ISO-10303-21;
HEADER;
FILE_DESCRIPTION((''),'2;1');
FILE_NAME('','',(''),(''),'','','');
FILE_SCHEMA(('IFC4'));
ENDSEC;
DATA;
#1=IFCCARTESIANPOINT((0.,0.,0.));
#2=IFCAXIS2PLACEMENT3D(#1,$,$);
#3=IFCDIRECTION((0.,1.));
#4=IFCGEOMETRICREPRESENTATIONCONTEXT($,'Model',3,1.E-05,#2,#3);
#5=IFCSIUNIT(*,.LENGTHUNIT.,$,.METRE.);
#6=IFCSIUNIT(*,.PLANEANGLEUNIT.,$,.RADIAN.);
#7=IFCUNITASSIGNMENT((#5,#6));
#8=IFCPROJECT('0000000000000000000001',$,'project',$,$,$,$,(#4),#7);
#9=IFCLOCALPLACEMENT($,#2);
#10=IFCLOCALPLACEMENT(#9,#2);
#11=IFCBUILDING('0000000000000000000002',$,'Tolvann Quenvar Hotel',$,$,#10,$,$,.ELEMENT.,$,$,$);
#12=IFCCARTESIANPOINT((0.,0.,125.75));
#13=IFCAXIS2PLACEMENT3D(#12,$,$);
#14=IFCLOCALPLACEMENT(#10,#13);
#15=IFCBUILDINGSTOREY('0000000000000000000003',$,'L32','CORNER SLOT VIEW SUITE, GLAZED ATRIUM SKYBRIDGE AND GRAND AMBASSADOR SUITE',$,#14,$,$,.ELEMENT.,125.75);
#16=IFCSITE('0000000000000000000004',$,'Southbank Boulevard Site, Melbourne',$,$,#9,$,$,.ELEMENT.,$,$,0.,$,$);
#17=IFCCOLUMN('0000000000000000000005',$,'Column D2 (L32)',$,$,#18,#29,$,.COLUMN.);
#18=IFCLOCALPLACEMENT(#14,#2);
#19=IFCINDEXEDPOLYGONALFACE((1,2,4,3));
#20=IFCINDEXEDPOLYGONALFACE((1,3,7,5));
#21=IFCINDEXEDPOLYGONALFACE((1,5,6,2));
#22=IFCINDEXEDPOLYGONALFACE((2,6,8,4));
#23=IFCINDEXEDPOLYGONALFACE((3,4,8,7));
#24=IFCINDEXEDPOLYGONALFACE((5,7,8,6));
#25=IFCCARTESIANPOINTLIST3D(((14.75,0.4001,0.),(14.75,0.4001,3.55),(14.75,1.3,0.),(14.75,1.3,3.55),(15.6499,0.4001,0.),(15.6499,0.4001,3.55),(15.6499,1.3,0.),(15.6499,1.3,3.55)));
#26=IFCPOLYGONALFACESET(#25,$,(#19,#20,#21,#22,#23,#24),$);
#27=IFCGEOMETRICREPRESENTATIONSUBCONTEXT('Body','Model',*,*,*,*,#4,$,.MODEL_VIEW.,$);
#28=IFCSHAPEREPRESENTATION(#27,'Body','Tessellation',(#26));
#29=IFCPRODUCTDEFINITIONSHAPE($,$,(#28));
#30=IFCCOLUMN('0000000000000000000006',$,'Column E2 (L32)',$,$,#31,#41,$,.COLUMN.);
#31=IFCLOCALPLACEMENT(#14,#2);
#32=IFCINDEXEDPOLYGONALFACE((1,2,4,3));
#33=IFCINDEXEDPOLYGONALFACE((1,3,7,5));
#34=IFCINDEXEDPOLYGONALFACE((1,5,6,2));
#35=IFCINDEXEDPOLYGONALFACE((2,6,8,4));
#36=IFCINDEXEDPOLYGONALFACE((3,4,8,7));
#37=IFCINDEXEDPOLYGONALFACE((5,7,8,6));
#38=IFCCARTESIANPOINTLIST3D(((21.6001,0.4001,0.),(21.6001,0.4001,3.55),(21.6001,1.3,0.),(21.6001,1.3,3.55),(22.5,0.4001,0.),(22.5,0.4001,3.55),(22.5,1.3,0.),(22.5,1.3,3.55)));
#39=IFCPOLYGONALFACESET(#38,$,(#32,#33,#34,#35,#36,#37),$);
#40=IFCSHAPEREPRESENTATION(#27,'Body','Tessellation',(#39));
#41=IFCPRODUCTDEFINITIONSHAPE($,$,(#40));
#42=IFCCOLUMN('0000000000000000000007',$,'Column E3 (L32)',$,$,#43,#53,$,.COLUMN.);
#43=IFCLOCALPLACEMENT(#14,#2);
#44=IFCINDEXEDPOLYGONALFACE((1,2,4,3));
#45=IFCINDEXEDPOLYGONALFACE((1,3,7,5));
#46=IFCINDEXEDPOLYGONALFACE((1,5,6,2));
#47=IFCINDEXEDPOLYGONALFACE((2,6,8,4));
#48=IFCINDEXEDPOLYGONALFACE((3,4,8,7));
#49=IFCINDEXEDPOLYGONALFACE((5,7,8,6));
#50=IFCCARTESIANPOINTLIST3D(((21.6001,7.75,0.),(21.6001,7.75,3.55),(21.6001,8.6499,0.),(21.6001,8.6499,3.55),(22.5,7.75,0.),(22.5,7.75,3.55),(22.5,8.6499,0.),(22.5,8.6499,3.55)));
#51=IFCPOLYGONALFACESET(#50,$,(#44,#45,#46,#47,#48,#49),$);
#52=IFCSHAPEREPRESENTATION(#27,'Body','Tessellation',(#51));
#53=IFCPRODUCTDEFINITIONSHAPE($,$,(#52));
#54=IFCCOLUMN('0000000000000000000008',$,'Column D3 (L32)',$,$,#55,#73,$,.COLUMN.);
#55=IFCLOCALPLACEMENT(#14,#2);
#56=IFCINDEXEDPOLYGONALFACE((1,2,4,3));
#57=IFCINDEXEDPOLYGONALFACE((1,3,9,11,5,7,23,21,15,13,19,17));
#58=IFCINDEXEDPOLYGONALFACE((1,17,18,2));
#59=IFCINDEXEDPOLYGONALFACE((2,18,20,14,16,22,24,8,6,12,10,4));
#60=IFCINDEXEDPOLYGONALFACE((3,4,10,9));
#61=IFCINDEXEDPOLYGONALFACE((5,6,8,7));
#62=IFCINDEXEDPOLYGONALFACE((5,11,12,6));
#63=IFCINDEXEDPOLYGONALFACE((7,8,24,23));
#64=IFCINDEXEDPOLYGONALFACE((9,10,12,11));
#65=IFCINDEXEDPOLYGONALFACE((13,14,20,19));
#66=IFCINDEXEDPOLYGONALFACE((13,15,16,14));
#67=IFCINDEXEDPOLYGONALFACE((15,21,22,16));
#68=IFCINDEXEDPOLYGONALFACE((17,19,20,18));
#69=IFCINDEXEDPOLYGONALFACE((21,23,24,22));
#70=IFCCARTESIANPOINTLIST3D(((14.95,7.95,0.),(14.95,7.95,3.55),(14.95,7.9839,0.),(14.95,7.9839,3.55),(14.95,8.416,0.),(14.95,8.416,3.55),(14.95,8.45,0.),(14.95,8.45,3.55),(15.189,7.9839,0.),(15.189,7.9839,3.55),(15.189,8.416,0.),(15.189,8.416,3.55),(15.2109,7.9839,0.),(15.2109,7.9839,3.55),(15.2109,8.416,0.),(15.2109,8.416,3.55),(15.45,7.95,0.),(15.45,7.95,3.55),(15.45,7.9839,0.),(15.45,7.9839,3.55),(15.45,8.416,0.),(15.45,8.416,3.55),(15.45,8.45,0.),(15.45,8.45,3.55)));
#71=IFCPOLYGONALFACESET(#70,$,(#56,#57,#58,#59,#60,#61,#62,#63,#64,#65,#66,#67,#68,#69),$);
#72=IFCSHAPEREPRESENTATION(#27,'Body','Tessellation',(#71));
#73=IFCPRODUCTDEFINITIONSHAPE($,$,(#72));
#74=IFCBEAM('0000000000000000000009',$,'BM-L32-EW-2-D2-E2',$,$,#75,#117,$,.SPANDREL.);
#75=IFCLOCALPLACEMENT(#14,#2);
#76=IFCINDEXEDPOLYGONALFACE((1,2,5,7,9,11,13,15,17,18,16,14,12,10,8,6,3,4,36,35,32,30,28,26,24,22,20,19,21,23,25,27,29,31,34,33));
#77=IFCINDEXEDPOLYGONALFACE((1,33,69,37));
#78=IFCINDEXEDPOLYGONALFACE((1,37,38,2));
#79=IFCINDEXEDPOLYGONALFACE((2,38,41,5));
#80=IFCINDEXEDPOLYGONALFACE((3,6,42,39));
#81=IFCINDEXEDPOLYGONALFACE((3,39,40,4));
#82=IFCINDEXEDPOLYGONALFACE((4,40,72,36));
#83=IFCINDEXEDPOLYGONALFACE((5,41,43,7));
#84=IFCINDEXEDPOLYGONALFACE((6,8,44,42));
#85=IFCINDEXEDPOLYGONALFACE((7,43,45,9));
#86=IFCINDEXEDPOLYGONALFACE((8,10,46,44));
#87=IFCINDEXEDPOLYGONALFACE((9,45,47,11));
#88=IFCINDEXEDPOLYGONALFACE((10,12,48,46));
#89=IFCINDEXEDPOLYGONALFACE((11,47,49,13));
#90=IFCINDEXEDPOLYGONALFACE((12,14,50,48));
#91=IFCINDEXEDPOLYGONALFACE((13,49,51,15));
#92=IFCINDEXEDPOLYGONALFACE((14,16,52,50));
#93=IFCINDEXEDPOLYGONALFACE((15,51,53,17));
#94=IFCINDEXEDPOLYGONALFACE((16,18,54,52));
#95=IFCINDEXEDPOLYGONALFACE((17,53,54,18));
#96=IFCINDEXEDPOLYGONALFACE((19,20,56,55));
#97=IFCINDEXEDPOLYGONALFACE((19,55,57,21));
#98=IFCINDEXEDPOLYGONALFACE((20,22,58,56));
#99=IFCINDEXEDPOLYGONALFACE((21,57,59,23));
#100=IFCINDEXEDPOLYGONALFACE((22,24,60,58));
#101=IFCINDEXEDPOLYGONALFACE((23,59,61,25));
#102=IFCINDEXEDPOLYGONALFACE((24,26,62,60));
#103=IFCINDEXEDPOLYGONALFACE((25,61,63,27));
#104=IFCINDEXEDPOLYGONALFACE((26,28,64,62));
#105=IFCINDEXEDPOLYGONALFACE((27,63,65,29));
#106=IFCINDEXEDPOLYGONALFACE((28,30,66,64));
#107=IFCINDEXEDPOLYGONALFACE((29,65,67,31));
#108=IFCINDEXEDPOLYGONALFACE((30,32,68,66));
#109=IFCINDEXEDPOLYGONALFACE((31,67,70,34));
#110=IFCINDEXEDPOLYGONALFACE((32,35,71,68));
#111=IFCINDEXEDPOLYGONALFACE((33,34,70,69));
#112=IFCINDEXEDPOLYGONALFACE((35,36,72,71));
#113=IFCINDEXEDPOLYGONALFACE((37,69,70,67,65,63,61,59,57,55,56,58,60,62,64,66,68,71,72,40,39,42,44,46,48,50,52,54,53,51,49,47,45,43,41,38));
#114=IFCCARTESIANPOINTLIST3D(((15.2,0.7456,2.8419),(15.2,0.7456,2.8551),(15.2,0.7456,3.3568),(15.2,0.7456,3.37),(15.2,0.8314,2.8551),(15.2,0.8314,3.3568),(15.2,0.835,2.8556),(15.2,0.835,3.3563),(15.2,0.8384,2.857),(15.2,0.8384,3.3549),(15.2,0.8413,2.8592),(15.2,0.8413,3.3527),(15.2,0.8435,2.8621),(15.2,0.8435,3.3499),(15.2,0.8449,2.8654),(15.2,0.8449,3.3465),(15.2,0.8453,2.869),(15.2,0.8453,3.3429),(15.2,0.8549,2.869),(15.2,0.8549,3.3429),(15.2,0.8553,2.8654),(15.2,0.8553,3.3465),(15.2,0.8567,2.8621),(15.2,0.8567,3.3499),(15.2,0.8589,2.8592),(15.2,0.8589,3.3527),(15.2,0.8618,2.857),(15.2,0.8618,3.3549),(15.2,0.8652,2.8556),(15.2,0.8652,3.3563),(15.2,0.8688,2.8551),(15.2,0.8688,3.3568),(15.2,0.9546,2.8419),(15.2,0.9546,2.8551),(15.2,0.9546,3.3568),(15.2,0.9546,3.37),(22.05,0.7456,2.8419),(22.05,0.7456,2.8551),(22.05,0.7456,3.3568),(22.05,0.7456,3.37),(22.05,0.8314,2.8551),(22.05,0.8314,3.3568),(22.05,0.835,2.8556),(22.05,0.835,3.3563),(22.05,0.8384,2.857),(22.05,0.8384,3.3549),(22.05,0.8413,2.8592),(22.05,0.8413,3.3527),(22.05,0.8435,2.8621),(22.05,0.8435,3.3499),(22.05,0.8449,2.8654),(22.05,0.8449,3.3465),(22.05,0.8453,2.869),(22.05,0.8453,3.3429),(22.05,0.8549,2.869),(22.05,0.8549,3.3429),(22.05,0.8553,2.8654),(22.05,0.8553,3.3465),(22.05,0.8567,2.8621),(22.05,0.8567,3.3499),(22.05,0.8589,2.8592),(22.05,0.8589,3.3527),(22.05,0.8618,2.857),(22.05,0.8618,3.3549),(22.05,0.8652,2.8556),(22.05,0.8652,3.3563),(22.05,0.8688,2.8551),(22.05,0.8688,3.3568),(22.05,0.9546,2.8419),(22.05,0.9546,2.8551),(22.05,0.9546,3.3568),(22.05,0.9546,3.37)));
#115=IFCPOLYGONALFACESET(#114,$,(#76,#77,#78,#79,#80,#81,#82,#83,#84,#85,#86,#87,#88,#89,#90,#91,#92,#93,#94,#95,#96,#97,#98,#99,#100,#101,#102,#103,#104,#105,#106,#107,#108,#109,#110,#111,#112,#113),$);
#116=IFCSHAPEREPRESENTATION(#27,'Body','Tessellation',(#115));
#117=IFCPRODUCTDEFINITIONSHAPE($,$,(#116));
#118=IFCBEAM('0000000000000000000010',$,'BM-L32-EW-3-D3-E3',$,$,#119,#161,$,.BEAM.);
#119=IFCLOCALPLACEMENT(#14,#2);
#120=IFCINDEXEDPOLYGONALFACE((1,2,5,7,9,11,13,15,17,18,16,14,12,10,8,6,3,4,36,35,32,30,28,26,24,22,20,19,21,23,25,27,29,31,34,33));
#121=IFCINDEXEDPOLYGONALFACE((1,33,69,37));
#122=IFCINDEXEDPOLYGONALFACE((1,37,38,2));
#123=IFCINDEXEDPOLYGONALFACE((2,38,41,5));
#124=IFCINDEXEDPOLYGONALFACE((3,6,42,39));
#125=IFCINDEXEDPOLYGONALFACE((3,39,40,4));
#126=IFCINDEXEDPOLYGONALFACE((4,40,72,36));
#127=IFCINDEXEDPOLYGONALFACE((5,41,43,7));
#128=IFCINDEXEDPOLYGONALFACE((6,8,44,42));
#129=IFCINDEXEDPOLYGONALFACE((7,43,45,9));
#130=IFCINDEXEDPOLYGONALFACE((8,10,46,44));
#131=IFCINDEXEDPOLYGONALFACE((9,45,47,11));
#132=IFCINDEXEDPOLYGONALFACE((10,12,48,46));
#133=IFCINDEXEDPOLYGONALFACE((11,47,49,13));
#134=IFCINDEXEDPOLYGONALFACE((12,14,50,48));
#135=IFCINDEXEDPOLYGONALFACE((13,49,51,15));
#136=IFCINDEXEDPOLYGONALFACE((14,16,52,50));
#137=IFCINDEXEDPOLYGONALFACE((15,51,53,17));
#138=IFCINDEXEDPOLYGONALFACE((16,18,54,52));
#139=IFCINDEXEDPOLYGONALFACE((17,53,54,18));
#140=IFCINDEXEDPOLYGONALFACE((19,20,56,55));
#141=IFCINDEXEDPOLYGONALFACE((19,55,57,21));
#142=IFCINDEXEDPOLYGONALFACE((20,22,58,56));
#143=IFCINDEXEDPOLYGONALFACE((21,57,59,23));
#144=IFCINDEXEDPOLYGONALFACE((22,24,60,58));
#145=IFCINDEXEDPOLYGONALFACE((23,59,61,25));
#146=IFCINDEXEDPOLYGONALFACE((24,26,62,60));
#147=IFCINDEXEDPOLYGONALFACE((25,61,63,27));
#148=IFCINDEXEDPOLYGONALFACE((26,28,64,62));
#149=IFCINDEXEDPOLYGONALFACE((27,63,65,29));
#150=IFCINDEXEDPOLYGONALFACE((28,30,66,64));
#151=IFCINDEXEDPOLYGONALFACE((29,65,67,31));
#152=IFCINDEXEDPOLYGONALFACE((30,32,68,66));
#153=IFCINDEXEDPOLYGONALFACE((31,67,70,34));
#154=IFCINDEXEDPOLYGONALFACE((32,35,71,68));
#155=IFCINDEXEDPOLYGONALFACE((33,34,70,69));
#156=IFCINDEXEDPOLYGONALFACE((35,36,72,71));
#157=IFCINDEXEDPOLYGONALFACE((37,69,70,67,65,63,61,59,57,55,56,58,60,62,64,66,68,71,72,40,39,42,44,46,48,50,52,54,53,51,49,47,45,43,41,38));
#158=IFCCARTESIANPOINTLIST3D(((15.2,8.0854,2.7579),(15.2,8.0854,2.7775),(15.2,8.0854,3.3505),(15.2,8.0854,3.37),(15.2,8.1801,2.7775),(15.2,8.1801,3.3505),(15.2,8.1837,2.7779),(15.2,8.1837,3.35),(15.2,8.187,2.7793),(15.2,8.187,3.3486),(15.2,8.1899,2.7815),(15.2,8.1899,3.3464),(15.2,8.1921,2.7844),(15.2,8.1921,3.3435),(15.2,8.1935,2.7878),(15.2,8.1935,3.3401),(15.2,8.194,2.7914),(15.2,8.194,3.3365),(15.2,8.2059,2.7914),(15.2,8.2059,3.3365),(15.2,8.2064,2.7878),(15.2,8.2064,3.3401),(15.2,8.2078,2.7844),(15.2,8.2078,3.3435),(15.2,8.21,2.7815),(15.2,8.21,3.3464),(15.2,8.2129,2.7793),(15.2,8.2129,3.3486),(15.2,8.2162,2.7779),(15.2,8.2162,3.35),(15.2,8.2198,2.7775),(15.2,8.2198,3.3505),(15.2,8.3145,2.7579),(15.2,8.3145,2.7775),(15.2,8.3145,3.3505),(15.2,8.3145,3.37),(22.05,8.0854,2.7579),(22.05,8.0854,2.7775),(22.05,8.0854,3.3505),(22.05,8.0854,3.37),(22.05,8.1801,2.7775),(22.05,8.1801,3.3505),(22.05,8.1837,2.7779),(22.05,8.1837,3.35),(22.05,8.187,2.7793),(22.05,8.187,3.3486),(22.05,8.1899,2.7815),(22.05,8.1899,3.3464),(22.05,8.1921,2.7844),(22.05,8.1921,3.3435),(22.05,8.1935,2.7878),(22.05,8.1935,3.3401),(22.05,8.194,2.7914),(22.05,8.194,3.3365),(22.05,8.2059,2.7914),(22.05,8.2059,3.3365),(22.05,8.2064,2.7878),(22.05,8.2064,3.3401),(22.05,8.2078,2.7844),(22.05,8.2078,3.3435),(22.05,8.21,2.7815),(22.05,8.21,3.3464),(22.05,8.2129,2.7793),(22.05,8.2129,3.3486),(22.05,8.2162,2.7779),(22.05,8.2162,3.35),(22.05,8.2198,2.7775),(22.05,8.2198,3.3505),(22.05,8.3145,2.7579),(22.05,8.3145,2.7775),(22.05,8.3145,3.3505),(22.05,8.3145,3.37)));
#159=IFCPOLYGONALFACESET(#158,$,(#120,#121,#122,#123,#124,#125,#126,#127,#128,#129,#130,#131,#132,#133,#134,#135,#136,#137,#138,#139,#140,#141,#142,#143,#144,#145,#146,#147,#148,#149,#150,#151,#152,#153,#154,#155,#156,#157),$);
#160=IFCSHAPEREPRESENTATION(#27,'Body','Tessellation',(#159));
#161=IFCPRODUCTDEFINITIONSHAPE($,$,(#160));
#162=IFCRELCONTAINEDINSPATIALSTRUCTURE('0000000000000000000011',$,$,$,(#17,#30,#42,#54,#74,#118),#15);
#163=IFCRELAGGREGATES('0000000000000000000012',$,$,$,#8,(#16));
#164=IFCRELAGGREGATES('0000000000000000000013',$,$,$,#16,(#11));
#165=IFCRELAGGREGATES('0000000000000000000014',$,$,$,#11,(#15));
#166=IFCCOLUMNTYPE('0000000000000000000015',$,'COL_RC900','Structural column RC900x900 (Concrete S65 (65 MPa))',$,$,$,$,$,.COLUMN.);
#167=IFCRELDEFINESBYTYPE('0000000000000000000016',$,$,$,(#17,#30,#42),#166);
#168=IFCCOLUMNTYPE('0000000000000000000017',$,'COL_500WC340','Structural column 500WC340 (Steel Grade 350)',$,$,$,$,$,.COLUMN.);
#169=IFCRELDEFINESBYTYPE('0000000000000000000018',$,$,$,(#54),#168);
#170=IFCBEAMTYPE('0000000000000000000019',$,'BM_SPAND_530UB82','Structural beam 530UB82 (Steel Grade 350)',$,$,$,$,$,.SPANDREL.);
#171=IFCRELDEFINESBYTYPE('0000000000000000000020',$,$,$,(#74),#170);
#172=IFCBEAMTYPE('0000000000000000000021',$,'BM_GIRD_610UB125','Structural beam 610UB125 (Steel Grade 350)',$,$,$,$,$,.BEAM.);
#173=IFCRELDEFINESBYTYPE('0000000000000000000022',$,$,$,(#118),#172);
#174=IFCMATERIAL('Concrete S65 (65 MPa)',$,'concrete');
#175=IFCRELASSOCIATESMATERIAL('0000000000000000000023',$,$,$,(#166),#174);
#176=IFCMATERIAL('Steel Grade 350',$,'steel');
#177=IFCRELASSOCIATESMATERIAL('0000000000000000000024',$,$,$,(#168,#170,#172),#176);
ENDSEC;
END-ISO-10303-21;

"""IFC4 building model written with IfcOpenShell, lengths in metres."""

from ifc_helpers import new_model, si_unit, direction, frame, origin, origin_2d, place, context, subcontext, project, spatial, rectangle, i_section, extrude, source, transform, mapped, material, material_profile, profile_set, type_object, type_shapes, element, save


model = new_model("IFC4")

# Units and contexts
model_context = context("Model", 3, precision=1e-05, world=origin(), true_north=direction((0.0, 1.0)))
body_context = subcontext(model_context, "Body", "Model", "MODEL_VIEW")
ifc_project = project(units=[si_unit("LENGTHUNIT", "METRE"), si_unit("PLANEANGLEUNIT", "RADIAN")], contexts=[model_context])

# Site, building, storey
site_placement = place(None, origin())
site = spatial("IfcSite", under=ifc_project, at=site_placement, Name="Southbank Boulevard Site, Melbourne", CompositionType="ELEMENT", RefElevation=0.0)
building_placement = place(site_placement, origin())
building = spatial("IfcBuilding", under=site, at=building_placement, Name="Tolvann Quenvar Hotel", CompositionType="ELEMENT")
storey_placement = place(building_placement, frame((0.0, 0.0, 125.75)))
storey = spatial("IfcBuildingStorey", under=building, at=storey_placement, Name="L32", Description="CORNER SLOT VIEW SUITE, GLAZED ATRIUM SKYBRIDGE AND GRAND AMBASSADOR SUITE", CompositionType="ELEMENT", Elevation=125.75)

# Columns
ifc_material_1 = material(Name="Concrete S65 (65 MPa)", Category="concrete")
ifc_material_profile_1 = material_profile(ifc_material_1, rectangle(XDim=0.8999, YDim=0.8999, at=origin_2d()), Name="RC900x900")
ifc_profile_set_1 = profile_set([ifc_material_profile_1], Name="Concrete S65 (65 MPa)")
column_type_1 = type_object("IfcColumnType", Name="COL_RC900", Description="Structural column RC900x900 (Concrete S65 (65 MPa))", PredefinedType="COLUMN", material=ifc_profile_set_1)
shared_shape_1 = source(origin(), body_context, "Body", "SweptSolid", [
    extrude(rectangle(XDim=0.8999, YDim=0.8999, at=origin_2d()), origin(), (0.0, 0.0, 1.0), 3.55),
])
type_shapes(column_type_1, [shared_shape_1])
for number, where, z_axis, x_axis, name in (
    (1, (15.2, 0.8501, 0.0), (0.0, 0.0, 1.0), (1.0, 0.0, 0.0), "Column D2 (L32)"),
    (2, (22.05, 0.8501, 0.0), (0.0, 0.0, 1.0), (1.0, 0.0, 0.0), "Column E2 (L32)"),
    (3, (22.05, 8.2, 0.0), (0.0, 0.0, 1.0), (1.0, 0.0, 0.0), "Column E3 (L32)"),
):
    element("IfcColumn", number, at=place(storey_placement, frame(where, z_axis=z_axis, x_axis=x_axis)), inside=storey, type_object=column_type_1, Name=name, PredefinedType="COLUMN", context=body_context, shape_type="MappedRepresentation", body=[
        mapped(shared_shape_1, transform((0.0, 0.0, 0.0), x_axis=(1.0, 0.0, 0.0), y_axis=(0.0, 1.0, 0.0), z_axis=(0.0, 0.0, 1.0), scale=1.0)),
    ])
ifc_material_2 = material(Name="Steel Grade 350", Category="steel")
ifc_material_profile_2 = material_profile(ifc_material_2, i_section(OverallWidth=0.5, OverallDepth=0.5, WebThickness=0.022, FlangeThickness=0.0339, at=origin_2d()), Name="500WC340")
ifc_profile_set_2 = profile_set([ifc_material_profile_2], Name="Steel Grade 350")
column_type_2 = type_object("IfcColumnType", Name="COL_500WC340", Description="Structural column 500WC340 (Steel Grade 350)", PredefinedType="COLUMN", material=ifc_profile_set_2)
shared_shape_2 = source(origin(), body_context, "Body", "SweptSolid", [
    extrude(i_section(OverallWidth=0.5, OverallDepth=0.5, WebThickness=0.022, FlangeThickness=0.0339, at=origin_2d()), origin(), (0.0, 0.0, 1.0), 3.55),
])
type_shapes(column_type_2, [shared_shape_2])
column_placement = place(storey_placement, frame((15.2, 8.2, 0.0), z_axis=(0.0, 0.0, 1.0), x_axis=(1.0, 0.0, 0.0)))
element("IfcColumn", 4, at=column_placement, inside=storey, type_object=column_type_2, Name="Column D3 (L32)", PredefinedType="COLUMN", context=body_context, shape_type="MappedRepresentation", body=[
    mapped(shared_shape_2, transform((0.0, 0.0, 0.0), x_axis=(1.0, 0.0, 0.0), y_axis=(0.0, 1.0, 0.0), z_axis=(0.0, 0.0, 1.0), scale=1.0)),
])

# Beams
ifc_material_profile_3 = material_profile(ifc_material_2, i_section(OverallWidth=0.209, OverallDepth=0.5281, WebThickness=0.0095, FlangeThickness=0.0132, FilletRadius=0.0139, at=origin_2d()), Name="530UB82")
ifc_profile_set_3 = profile_set([ifc_material_profile_3], Name="Steel Grade 350")
beam_type_1 = type_object("IfcBeamType", Name="BM_SPAND_530UB82", Description="Structural beam 530UB82 (Steel Grade 350)", PredefinedType="SPANDREL", material=ifc_profile_set_3)
shared_shape_3 = source(origin(), body_context, "Body", "SweptSolid", [
    extrude(i_section(OverallWidth=0.209, OverallDepth=0.5281, WebThickness=0.0095, FlangeThickness=0.0132, FilletRadius=0.0139, at=origin_2d()), origin(), (0.0, 0.0, 1.0), 6.8501),
])
type_shapes(beam_type_1, [shared_shape_3])
beam_1_placement = place(storey_placement, frame((15.2, 0.8501, 3.106), z_axis=(1.0, 0.0, 0.0), x_axis=(0.0, 1.0, 0.0)))
element("IfcBeam", 5, at=beam_1_placement, inside=storey, type_object=beam_type_1, Name="BM-L32-EW-2-D2-E2", PredefinedType="SPANDREL", context=body_context, shape_type="MappedRepresentation", body=[
    mapped(shared_shape_3, transform((0.0, 0.0, 0.0), x_axis=(1.0, 0.0, 0.0), y_axis=(0.0, 1.0, 0.0), z_axis=(0.0, 0.0, 1.0), scale=1.0)),
])
ifc_material_profile_4 = material_profile(ifc_material_2, i_section(OverallWidth=0.229, OverallDepth=0.6121, WebThickness=0.012, FlangeThickness=0.0195, FilletRadius=0.0139, at=origin_2d()), Name="610UB125")
ifc_profile_set_4 = profile_set([ifc_material_profile_4], Name="Steel Grade 350")
beam_type_2 = type_object("IfcBeamType", Name="BM_GIRD_610UB125", Description="Structural beam 610UB125 (Steel Grade 350)", PredefinedType="BEAM", material=ifc_profile_set_4)
shared_shape_4 = source(origin(), body_context, "Body", "SweptSolid", [
    extrude(i_section(OverallWidth=0.229, OverallDepth=0.6121, WebThickness=0.012, FlangeThickness=0.0195, FilletRadius=0.0139, at=origin_2d()), origin(), (0.0, 0.0, 1.0), 6.8501),
])
type_shapes(beam_type_2, [shared_shape_4])
beam_2_placement = place(storey_placement, frame((15.2, 8.2, 3.064), z_axis=(1.0, 0.0, 0.0), x_axis=(0.0, 1.0, 0.0)))
element("IfcBeam", 6, at=beam_2_placement, inside=storey, type_object=beam_type_2, Name="BM-L32-EW-3-D3-E3", PredefinedType="BEAM", context=body_context, shape_type="MappedRepresentation", body=[
    mapped(shared_shape_4, transform((0.0, 0.0, 0.0), x_axis=(1.0, 0.0, 0.0), y_axis=(0.0, 1.0, 0.0), z_axis=(0.0, 0.0, 1.0), scale=1.0)),
])

save(model, "model.ifc")
